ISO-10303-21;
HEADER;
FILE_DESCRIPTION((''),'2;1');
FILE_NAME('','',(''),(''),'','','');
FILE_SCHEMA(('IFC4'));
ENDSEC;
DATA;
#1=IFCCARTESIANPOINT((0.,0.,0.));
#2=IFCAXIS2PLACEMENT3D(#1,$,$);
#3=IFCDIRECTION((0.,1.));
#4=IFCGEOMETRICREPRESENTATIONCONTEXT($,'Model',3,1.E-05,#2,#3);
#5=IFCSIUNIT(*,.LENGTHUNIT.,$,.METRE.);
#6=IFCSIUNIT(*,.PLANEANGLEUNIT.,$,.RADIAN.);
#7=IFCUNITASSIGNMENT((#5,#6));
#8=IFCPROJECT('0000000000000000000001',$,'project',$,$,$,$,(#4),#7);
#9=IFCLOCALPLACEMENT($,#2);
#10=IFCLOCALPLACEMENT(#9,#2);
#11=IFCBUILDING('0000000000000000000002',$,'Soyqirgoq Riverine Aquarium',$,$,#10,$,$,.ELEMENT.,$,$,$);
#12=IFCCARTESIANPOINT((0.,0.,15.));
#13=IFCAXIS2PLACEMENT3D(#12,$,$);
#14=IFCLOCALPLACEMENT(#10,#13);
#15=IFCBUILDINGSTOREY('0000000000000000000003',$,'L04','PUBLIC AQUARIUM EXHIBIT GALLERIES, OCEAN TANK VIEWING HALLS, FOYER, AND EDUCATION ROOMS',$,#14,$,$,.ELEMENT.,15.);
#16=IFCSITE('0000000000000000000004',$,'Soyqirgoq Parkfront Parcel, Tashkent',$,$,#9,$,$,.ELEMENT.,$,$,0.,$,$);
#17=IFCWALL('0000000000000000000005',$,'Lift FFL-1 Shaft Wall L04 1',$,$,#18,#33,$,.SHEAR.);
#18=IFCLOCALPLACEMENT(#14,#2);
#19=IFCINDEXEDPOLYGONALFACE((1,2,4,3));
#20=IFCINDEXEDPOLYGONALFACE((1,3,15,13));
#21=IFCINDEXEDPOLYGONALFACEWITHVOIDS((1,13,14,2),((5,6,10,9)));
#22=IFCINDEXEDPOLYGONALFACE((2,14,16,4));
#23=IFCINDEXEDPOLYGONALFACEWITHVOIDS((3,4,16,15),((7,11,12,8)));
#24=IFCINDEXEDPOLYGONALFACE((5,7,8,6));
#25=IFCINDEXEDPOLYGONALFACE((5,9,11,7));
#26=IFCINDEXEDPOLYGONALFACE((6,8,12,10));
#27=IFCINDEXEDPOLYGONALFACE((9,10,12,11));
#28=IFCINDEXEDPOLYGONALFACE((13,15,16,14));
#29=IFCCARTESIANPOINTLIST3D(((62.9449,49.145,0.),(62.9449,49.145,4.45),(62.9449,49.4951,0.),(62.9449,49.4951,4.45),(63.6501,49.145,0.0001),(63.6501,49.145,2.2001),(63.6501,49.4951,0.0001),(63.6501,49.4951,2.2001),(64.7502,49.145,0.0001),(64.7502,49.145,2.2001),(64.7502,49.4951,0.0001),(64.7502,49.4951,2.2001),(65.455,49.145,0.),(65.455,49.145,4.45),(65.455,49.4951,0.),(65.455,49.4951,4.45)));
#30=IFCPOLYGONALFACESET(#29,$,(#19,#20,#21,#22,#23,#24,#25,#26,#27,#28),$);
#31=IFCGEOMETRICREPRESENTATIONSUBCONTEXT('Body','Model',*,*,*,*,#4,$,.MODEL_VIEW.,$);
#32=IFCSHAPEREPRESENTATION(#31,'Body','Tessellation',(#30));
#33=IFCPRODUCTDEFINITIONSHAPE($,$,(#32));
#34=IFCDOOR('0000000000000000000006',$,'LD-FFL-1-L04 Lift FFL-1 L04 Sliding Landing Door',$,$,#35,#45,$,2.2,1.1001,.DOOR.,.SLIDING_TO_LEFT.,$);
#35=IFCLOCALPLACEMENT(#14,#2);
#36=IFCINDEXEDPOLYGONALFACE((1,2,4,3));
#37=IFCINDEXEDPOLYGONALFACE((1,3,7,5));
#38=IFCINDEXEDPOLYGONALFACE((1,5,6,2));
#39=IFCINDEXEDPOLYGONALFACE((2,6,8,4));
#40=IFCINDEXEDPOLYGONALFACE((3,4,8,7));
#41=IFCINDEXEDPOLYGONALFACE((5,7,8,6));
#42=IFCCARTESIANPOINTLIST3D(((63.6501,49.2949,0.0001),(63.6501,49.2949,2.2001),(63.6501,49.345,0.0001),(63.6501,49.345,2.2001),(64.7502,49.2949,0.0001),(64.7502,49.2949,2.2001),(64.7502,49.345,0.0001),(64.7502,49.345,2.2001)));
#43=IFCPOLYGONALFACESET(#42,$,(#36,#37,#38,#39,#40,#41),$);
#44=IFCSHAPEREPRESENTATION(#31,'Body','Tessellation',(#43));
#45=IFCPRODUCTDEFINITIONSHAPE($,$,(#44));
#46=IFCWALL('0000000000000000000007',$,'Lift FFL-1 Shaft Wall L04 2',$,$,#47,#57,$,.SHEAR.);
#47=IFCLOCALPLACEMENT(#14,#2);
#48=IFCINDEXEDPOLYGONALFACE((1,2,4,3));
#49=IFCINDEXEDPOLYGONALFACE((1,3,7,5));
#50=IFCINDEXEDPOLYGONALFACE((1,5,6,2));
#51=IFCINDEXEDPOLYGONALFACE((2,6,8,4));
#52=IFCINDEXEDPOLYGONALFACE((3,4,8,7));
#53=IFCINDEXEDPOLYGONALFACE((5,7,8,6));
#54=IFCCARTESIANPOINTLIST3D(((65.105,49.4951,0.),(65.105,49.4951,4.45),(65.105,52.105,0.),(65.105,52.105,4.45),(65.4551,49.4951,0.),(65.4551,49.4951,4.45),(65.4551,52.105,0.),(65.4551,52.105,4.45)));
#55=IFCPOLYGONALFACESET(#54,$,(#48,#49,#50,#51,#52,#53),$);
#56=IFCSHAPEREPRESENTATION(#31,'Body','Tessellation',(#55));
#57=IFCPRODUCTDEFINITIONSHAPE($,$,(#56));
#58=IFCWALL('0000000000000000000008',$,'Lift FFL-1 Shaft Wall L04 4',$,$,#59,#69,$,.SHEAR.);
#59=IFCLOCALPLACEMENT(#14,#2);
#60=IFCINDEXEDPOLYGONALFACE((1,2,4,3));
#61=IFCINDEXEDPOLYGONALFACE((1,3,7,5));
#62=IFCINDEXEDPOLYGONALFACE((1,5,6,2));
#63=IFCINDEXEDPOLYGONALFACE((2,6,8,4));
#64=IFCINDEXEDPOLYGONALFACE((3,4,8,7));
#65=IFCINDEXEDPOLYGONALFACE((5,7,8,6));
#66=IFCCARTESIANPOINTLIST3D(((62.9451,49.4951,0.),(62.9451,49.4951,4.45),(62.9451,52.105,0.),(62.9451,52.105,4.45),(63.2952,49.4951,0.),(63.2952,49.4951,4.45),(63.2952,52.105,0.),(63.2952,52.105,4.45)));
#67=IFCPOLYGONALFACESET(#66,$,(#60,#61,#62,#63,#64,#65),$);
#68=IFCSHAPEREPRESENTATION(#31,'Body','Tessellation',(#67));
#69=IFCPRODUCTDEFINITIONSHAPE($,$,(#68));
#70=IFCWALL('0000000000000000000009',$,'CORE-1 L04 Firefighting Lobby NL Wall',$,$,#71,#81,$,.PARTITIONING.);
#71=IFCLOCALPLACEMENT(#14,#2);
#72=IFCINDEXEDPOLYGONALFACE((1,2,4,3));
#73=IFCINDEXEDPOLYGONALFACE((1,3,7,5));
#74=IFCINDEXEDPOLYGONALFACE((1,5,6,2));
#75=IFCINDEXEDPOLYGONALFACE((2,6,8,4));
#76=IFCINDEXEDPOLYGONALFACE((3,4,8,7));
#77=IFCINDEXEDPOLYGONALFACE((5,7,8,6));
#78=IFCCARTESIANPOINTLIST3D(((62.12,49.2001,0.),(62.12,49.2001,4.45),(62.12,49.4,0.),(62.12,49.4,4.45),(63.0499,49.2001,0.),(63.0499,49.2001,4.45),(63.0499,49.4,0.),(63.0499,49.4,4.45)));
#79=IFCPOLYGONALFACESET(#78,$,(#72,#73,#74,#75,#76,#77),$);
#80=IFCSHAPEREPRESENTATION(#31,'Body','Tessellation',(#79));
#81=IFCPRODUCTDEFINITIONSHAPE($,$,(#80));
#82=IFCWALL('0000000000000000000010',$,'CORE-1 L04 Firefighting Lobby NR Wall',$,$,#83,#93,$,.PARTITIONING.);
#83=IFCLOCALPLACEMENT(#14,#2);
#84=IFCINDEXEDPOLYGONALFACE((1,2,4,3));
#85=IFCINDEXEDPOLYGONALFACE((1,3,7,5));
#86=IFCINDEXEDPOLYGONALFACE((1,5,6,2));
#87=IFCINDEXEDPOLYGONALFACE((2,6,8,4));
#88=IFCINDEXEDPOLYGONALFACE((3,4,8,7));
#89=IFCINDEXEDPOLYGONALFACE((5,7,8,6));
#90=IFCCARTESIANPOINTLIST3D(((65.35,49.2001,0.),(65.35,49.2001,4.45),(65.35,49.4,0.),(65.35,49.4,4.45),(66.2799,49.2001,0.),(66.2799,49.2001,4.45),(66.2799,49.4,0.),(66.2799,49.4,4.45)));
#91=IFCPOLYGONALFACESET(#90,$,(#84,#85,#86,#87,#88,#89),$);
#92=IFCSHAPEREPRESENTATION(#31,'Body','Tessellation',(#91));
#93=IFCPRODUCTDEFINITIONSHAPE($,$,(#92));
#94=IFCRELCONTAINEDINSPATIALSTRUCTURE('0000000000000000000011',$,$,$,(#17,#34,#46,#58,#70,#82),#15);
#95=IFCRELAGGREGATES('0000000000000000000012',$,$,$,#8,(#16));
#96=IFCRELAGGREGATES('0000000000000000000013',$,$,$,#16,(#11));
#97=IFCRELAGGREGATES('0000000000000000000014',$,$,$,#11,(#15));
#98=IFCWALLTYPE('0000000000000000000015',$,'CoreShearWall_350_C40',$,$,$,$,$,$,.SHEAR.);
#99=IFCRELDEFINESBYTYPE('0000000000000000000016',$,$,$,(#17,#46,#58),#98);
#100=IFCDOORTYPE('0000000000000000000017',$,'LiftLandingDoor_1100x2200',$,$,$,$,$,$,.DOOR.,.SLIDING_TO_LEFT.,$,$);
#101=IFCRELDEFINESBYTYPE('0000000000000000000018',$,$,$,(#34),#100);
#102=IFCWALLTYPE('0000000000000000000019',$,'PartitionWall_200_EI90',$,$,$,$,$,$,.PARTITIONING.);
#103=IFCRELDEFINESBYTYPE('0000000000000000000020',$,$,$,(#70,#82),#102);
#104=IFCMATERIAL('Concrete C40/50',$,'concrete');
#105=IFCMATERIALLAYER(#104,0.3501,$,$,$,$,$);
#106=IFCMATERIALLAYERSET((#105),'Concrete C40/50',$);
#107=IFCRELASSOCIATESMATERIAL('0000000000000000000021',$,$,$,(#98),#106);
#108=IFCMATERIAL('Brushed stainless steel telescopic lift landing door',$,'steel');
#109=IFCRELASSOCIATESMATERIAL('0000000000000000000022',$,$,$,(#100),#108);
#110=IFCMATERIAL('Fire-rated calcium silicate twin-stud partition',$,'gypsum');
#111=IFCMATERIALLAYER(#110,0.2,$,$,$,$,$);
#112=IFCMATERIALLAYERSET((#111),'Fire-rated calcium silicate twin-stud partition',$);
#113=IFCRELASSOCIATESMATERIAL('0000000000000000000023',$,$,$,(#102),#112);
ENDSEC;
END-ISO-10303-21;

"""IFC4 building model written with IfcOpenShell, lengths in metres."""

from ifc_helpers import new_model, si_unit, direction, frame, frame_2d, origin, place, context, subcontext, project, spatial, rectangle, extrude, material, layer, layer_set, type_object, element, fill, save


model = new_model("IFC4")

# Units and contexts
model_context = context("Model", 3, precision=1e-05, world=origin(), true_north=direction((0.0, 1.0)))
body_context = subcontext(model_context, "Body", "Model", "MODEL_VIEW")
ifc_project = project(units=[si_unit("LENGTHUNIT", "METRE"), si_unit("PLANEANGLEUNIT", "RADIAN")], contexts=[model_context])

# Site, building, storey
site_placement = place(None, origin())
site = spatial("IfcSite", under=ifc_project, at=site_placement, Name="Soyqirgoq Parkfront Parcel, Tashkent", CompositionType="ELEMENT", RefElevation=0.0)
building_placement = place(site_placement, origin())
building = spatial("IfcBuilding", under=site, at=building_placement, Name="Soyqirgoq Riverine Aquarium", CompositionType="ELEMENT")
storey_placement = place(building_placement, frame((0.0, 0.0, 15.0)))
storey = spatial("IfcBuildingStorey", under=building, at=storey_placement, Name="L04", Description="PUBLIC AQUARIUM EXHIBIT GALLERIES, OCEAN TANK VIEWING HALLS, FOYER, AND EDUCATION ROOMS", CompositionType="ELEMENT", Elevation=15.0)

# Wall, opening, door
ifc_material_1 = material(Name="Concrete C40/50", Category="concrete")
ifc_layer_1 = layer(ifc_material_1, 0.3501)
ifc_layer_set_1 = layer_set([ifc_layer_1], Name="Concrete C40/50")
wall_type_1 = type_object("IfcWallType", Name="CoreShearWall_350_C40", PredefinedType="SHEAR", material=ifc_layer_set_1)
wall_placement = place(storey_placement, frame((62.9451, 49.3201, 0.0), z_axis=(0.0, 0.0, 1.0), x_axis=(1.0, 0.0, 0.0)))
wall = element("IfcWall", 1, at=wall_placement, inside=storey, type_object=wall_type_1, Name="Lift FFL-1 Shaft Wall L04 1", PredefinedType="SHEAR", context=body_context, shape_type="SweptSolid", body=[
    extrude(rectangle(XDim=2.51, YDim=0.3501, at=frame_2d((1.2549, 0.0))), origin(), (0.0, 0.0, 1.0), 4.45),
])
opening_placement = place(wall_placement, frame((0.7051, 0.0, 0.0)))
opening = element("IfcOpeningElement", 2, at=opening_placement, cuts=wall, PredefinedType="OPENING", context=body_context, shape_type="SweptSolid", body=[
    extrude(rectangle(XDim=1.1001, YDim=2.2, at=frame_2d((0.55, 1.1001))), frame((0.0, 0.1851, 0.0), z_axis=(0.0, -1.0, 0.0), x_axis=(1.0, 0.0, 0.0)), (0.0, 0.0, 1.0), 0.3701),
])
ifc_material_2 = material(Name="Brushed stainless steel telescopic lift landing door", Category="steel")
door_type = type_object("IfcDoorType", Name="LiftLandingDoor_1100x2200", OperationType="SLIDING_TO_LEFT", PredefinedType="DOOR", material=ifc_material_2)
door_placement = place(opening_placement, origin())
door = element("IfcDoor", 3, at=door_placement, inside=storey, type_object=door_type, Name="LD-FFL-1-L04 Lift FFL-1 L04 Sliding Landing Door", OperationType="SLIDING_TO_LEFT", OverallHeight=2.2, OverallWidth=1.1001, PredefinedType="DOOR", context=body_context, shape_type="SweptSolid", body=[
    extrude(rectangle(XDim=1.1001, YDim=2.2, at=frame_2d((0.55, 1.1001))), frame((0.0, 0.0249, 0.0), z_axis=(0.0, -1.0, 0.0), x_axis=(1.0, 0.0, 0.0)), (0.0, 0.0, 1.0), 0.05),
])
fill(opening, door)

# Walls
for number, where, z_axis, x_axis, name in (
    (4, (65.28, 49.4951, 0.0), (0.0, 0.0, 1.0), (0.0, 1.0, 0.0), "Lift FFL-1 Shaft Wall L04 2"),
    (5, (63.1201, 52.105, 0.0), (0.0, 0.0, 1.0), (0.0, -1.0, 0.0), "Lift FFL-1 Shaft Wall L04 4"),
):
    element("IfcWall", number, at=place(storey_placement, frame(where, z_axis=z_axis, x_axis=x_axis)), inside=storey, type_object=wall_type_1, Name=name, PredefinedType="SHEAR", context=body_context, shape_type="SweptSolid", body=[
        extrude(rectangle(XDim=2.6099, YDim=0.3501, at=frame_2d((1.3049, 0.0))), origin(), (0.0, 0.0, 1.0), 4.45),
    ])
ifc_material_3 = material(Name="Fire-rated calcium silicate twin-stud partition", Category="gypsum")
ifc_layer_2 = layer(ifc_material_3, 0.2)
ifc_layer_set_2 = layer_set([ifc_layer_2], Name="Fire-rated calcium silicate twin-stud partition")
wall_type_2 = type_object("IfcWallType", Name="PartitionWall_200_EI90", PredefinedType="PARTITIONING", material=ifc_layer_set_2)
for number, where, z_axis, x_axis, name in (
    (6, (62.1201, 49.3, 0.0), (0.0, 0.0, 1.0), (1.0, 0.0, 0.0), "CORE-1 L04 Firefighting Lobby NL Wall"),
    (7, (65.3501, 49.3, 0.0), (0.0, 0.0, 1.0), (1.0, 0.0, 0.0), "CORE-1 L04 Firefighting Lobby NR Wall"),
):
    element("IfcWall", number, at=place(storey_placement, frame(where, z_axis=z_axis, x_axis=x_axis)), inside=storey, type_object=wall_type_2, Name=name, PredefinedType="PARTITIONING", context=body_context, shape_type="SweptSolid", body=[
        extrude(rectangle(XDim=0.9299, YDim=0.2, at=frame_2d((0.4648, 0.0))), origin(), (0.0, 0.0, 1.0), 4.45),
    ])

save(model, "model.ifc")
